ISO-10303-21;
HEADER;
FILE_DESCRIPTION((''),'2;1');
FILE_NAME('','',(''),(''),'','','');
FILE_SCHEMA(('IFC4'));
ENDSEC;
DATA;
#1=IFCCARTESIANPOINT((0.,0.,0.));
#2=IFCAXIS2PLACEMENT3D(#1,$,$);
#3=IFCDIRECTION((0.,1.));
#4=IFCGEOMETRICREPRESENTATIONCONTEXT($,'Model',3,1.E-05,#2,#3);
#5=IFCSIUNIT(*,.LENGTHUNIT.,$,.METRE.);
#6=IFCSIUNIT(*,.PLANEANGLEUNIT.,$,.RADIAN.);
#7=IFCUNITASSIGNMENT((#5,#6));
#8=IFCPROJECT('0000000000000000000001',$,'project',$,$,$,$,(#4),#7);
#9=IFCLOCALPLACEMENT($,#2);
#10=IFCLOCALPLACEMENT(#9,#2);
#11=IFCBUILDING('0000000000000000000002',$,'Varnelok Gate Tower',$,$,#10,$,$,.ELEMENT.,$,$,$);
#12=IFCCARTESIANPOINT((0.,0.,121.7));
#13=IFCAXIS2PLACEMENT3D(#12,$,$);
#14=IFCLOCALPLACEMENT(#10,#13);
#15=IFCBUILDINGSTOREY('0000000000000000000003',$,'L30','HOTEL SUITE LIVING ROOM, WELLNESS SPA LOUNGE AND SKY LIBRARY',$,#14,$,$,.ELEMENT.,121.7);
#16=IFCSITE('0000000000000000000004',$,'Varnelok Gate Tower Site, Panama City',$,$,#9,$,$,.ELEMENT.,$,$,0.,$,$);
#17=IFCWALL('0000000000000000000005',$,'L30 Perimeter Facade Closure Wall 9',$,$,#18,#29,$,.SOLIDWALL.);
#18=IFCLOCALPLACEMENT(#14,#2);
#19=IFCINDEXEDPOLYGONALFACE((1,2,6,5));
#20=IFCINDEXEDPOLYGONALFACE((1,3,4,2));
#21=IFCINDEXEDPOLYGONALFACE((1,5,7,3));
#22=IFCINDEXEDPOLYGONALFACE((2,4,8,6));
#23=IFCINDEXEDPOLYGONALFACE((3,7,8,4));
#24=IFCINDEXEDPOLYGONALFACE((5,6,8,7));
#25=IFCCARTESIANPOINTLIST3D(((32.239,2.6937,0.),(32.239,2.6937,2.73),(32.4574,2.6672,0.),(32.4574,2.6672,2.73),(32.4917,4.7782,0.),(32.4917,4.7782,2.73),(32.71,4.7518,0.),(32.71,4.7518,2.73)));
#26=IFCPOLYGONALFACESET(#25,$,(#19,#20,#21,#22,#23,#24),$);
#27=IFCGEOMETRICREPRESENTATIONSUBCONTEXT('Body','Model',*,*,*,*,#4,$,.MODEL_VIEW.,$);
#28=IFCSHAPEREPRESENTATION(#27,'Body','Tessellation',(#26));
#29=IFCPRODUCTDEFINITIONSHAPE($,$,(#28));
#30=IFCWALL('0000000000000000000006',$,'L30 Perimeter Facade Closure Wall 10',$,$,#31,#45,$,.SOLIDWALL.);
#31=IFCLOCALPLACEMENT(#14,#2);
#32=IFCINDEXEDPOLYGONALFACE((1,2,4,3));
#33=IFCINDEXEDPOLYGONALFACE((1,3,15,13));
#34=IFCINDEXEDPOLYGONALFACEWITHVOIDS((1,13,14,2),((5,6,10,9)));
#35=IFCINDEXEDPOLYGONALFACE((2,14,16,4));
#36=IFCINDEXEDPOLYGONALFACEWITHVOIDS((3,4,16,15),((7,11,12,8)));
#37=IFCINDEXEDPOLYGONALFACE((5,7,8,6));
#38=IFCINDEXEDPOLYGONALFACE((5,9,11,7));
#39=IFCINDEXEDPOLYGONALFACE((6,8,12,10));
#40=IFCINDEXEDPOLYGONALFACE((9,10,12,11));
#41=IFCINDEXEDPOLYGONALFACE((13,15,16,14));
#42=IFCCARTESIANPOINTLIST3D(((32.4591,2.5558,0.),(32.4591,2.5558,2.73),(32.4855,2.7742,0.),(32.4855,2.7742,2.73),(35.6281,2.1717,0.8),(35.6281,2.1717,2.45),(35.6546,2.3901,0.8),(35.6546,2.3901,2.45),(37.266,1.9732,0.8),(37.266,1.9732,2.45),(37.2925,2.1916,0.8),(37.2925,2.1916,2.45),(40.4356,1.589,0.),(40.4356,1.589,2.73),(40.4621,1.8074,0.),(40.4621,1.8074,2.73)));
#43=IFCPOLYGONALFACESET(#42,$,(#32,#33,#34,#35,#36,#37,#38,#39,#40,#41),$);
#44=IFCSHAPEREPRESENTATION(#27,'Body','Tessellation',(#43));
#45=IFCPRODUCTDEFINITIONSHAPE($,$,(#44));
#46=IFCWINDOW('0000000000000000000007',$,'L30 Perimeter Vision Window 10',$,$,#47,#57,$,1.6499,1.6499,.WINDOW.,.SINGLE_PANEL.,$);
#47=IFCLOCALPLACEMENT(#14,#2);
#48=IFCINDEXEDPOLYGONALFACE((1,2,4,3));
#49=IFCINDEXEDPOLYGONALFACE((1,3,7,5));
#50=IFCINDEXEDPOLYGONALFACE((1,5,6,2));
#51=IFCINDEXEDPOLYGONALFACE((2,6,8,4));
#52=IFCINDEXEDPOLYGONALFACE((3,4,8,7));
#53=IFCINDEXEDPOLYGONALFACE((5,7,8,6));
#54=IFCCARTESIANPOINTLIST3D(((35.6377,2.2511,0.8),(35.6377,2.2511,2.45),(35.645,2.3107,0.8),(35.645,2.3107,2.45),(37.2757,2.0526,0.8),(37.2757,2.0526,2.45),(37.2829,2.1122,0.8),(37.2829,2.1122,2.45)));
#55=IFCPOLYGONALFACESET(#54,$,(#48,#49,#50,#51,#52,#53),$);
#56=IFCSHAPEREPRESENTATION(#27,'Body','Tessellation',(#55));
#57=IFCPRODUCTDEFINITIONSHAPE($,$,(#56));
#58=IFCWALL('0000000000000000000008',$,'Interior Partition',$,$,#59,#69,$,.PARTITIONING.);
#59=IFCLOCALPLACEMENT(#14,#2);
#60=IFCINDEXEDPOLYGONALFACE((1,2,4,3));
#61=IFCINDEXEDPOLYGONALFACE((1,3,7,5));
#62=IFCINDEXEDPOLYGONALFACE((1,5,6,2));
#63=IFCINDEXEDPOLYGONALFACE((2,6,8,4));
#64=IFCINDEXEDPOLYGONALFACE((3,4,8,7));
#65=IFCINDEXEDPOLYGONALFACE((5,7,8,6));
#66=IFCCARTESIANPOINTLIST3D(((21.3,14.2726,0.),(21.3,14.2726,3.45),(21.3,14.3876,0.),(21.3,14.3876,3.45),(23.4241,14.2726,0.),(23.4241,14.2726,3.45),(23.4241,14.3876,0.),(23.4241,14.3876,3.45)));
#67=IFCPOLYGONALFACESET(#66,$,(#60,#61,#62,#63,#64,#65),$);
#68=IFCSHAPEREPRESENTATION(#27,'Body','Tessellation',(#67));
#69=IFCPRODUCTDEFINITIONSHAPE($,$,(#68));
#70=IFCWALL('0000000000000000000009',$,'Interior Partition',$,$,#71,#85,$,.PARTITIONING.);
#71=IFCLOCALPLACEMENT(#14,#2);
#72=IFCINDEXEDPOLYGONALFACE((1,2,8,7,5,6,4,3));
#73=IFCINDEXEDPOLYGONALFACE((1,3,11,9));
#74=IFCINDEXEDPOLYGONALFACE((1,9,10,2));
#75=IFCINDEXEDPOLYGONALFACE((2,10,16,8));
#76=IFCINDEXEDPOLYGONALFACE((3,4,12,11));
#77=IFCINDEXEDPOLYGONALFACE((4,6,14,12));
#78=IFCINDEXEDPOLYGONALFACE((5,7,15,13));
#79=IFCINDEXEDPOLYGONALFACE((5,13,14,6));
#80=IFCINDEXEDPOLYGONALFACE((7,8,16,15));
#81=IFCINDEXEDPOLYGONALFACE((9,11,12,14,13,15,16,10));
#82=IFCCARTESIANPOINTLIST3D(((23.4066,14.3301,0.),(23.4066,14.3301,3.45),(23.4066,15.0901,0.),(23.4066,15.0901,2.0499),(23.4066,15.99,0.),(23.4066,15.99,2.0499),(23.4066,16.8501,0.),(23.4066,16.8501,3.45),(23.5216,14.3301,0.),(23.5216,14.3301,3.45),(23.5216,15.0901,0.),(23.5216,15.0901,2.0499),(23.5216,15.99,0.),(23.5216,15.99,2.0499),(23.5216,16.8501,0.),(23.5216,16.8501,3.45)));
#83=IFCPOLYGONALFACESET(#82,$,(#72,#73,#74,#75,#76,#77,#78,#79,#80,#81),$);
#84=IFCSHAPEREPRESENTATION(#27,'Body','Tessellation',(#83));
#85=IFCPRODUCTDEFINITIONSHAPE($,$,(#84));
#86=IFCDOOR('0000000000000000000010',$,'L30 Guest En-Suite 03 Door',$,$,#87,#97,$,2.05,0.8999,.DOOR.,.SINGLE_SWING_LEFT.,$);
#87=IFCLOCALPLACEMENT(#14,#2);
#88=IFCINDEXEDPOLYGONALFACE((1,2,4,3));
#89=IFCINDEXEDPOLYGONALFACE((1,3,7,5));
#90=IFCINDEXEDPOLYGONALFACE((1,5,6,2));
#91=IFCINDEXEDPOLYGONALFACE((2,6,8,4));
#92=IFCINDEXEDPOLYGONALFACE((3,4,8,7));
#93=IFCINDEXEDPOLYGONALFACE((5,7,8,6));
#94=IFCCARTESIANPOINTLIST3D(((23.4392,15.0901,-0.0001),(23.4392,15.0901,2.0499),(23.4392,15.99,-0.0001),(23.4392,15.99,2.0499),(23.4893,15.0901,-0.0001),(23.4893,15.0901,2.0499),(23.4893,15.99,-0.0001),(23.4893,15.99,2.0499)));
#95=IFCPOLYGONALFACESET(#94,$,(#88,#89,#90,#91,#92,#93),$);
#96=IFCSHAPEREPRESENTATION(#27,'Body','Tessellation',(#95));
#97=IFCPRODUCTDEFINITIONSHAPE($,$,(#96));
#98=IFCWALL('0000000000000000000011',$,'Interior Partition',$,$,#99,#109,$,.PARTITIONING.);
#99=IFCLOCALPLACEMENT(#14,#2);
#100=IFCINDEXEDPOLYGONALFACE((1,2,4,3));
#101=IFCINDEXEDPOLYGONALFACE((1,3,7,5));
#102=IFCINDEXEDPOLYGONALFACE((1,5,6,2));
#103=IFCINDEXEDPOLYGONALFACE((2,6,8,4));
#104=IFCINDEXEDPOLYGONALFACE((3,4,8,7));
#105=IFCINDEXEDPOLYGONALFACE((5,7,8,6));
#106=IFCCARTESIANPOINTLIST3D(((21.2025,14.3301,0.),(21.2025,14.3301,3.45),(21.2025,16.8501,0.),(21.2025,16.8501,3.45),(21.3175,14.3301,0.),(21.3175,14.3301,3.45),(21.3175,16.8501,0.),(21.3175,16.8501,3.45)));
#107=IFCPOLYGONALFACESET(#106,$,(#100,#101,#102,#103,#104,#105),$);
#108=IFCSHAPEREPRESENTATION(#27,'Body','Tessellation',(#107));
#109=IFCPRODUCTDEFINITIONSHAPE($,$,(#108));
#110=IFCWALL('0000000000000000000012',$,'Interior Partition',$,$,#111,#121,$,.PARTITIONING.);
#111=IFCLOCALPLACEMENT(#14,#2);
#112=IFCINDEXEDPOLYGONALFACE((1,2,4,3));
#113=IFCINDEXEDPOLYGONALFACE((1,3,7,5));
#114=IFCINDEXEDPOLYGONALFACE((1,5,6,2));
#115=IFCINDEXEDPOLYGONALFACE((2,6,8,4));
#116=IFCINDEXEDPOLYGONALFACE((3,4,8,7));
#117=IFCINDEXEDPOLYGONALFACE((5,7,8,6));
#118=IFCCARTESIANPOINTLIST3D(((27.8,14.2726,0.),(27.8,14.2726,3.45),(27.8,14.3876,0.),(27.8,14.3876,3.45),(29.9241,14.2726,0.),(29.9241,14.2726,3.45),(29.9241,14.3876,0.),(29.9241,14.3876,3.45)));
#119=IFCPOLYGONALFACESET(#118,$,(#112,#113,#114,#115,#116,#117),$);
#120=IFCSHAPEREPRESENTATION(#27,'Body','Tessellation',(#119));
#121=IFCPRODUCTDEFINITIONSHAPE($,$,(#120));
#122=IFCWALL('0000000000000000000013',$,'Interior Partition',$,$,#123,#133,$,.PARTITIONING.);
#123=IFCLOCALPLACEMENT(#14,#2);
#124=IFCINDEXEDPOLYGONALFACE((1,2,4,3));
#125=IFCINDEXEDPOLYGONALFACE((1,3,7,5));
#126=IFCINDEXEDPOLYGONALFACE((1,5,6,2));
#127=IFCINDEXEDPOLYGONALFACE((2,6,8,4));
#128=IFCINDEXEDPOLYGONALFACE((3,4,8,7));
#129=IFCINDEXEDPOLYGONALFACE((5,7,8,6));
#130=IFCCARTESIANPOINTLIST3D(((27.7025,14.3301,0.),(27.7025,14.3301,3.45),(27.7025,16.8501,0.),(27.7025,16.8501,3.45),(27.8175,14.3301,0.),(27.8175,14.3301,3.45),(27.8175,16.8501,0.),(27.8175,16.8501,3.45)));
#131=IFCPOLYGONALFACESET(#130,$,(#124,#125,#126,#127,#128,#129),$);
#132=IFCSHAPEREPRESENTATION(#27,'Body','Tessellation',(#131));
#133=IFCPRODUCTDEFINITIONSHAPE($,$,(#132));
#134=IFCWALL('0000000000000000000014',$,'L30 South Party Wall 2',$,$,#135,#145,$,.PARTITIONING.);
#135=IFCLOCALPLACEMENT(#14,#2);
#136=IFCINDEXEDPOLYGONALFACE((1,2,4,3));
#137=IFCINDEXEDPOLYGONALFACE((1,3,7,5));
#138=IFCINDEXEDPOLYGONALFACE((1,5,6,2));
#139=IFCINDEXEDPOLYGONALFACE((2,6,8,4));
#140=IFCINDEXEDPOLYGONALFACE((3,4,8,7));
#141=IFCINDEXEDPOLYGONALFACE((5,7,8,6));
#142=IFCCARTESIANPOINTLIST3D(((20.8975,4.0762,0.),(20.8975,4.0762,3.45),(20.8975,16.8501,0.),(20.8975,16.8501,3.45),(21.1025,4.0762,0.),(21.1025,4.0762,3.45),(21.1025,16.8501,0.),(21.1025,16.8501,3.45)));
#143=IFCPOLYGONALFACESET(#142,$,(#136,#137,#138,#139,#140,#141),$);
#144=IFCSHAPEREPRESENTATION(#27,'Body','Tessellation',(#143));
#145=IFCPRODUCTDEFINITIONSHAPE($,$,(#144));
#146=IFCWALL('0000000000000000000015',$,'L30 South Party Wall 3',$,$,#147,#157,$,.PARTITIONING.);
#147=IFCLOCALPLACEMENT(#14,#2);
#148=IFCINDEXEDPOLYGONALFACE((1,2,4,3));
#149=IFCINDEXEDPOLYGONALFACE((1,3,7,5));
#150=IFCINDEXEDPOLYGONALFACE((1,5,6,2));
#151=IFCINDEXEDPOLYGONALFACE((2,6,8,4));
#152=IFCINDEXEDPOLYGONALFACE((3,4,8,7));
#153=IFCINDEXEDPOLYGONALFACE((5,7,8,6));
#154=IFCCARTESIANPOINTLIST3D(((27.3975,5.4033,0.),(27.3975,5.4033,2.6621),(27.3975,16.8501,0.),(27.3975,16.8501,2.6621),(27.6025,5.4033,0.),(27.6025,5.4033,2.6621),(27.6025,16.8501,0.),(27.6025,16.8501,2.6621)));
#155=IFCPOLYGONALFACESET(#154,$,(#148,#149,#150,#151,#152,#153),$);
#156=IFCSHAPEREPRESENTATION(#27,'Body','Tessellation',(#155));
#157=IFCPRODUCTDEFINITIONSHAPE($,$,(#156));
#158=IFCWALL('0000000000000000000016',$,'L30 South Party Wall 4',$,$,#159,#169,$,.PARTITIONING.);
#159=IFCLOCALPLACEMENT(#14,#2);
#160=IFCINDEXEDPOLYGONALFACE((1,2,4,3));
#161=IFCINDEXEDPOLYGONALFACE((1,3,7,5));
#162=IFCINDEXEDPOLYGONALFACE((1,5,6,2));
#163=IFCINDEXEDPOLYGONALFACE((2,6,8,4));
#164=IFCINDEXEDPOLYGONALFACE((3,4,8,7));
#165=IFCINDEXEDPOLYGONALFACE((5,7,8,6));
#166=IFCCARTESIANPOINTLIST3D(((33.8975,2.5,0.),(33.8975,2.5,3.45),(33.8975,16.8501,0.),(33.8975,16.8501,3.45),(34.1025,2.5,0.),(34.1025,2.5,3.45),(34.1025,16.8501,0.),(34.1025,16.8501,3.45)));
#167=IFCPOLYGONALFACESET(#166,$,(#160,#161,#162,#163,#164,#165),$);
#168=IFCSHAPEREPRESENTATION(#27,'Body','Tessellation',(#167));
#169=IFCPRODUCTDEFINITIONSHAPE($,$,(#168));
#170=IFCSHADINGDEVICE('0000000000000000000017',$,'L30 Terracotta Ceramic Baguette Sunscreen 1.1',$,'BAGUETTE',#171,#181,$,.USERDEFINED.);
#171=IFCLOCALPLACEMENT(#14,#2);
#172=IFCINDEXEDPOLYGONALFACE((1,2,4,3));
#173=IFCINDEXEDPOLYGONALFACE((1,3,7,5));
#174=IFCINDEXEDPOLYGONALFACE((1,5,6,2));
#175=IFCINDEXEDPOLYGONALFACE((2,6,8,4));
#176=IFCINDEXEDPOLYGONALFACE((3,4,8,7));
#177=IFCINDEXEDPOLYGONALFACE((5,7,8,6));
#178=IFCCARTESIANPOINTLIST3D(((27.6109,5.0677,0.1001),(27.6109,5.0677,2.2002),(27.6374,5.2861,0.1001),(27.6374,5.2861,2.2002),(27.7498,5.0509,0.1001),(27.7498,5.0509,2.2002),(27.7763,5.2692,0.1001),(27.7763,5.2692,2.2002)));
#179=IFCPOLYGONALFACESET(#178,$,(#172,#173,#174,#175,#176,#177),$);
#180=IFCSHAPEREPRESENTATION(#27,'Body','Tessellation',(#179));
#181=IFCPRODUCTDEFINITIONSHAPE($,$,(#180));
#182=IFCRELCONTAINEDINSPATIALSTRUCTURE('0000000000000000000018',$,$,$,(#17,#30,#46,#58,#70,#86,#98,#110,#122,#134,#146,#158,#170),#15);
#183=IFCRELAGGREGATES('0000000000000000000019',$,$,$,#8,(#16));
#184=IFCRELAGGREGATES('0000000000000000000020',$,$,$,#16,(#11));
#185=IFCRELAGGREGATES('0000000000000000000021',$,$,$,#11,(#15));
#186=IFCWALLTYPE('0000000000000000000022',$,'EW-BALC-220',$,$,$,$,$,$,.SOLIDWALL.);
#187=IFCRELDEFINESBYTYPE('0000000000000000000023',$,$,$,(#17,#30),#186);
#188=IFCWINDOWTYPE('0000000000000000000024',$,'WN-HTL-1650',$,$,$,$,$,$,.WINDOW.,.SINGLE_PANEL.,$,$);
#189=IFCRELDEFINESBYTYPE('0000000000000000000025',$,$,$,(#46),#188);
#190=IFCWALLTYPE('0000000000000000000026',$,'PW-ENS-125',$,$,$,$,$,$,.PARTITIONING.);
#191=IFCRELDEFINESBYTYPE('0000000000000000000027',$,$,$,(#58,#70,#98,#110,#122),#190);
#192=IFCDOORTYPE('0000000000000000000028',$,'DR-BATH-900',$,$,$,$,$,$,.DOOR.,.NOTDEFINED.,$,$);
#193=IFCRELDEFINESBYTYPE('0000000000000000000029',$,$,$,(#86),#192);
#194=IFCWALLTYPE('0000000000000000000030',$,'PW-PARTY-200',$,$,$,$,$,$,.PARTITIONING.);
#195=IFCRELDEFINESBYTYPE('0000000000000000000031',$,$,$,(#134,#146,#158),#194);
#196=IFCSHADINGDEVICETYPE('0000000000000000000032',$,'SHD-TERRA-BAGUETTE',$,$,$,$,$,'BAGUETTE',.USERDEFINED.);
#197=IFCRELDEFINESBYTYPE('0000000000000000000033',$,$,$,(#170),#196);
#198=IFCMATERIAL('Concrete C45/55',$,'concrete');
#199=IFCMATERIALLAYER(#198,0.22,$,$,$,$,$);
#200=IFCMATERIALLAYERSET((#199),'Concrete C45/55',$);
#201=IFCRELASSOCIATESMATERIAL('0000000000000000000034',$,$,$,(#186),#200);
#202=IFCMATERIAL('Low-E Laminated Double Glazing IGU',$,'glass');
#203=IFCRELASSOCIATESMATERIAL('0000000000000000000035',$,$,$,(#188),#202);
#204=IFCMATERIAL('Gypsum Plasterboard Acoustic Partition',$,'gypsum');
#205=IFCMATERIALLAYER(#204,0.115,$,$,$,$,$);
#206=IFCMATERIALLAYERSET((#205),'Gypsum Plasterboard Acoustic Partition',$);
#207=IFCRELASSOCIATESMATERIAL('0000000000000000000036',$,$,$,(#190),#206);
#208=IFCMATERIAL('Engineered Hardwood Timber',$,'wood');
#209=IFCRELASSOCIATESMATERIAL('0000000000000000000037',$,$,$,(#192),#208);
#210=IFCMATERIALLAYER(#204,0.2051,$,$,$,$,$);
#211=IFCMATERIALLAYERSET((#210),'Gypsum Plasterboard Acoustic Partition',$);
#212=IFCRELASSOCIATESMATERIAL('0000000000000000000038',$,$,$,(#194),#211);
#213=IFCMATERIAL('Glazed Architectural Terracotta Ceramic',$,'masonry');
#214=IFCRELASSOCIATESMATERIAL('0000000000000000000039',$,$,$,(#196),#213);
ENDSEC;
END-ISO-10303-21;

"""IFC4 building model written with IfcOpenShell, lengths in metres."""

from ifc_helpers import new_model, si_unit, direction, frame, frame_2d, origin, origin_2d, place, context, subcontext, project, spatial, rectangle, extrude, source, transform, mapped, material, layer, layer_set, type_object, element, fill, save


model = new_model("IFC4")

# Units and contexts
model_context = context("Model", 3, precision=1e-05, world=origin(), true_north=direction((0.0, 1.0)))
body_context = subcontext(model_context, "Body", "Model", "MODEL_VIEW")
ifc_project = project(units=[si_unit("LENGTHUNIT", "METRE"), si_unit("PLANEANGLEUNIT", "RADIAN")], contexts=[model_context])

# Site, building, storey
site_placement = place(None, origin())
site = spatial("IfcSite", under=ifc_project, at=site_placement, Name="Varnelok Gate Tower Site, Panama City", CompositionType="ELEMENT", RefElevation=0.0)
building_placement = place(site_placement, origin())
building = spatial("IfcBuilding", under=site, at=building_placement, Name="Varnelok Gate Tower", CompositionType="ELEMENT")
storey_placement = place(building_placement, frame((0.0, 0.0, 121.7)))
storey = spatial("IfcBuildingStorey", under=building, at=storey_placement, Name="L30", Description="HOTEL SUITE LIVING ROOM, WELLNESS SPA LOUNGE AND SKY LIBRARY", CompositionType="ELEMENT", Elevation=121.7)

# Shared definitions
ifc_material_1 = material(Name="Concrete C45/55", Category="concrete")
ifc_layer_1 = layer(ifc_material_1, 0.22)
ifc_layer_set_1 = layer_set([ifc_layer_1], Name="Concrete C45/55")
wall_type_1 = type_object("IfcWallType", Name="EW-BALC-220", PredefinedType="SOLIDWALL", material=ifc_layer_set_1)

# Wall
wall_1_placement = place(storey_placement, frame((32.6008, 4.7649, 0.0), z_axis=(0.0, 0.0, 1.0), x_axis=(-0.120328, -0.992734, 0.0)))
element("IfcWall", 1, at=wall_1_placement, inside=storey, type_object=wall_type_1, Name="L30 Perimeter Facade Closure Wall 9", PredefinedType="SOLIDWALL", context=body_context, shape_type="SweptSolid", body=[
    extrude(rectangle(XDim=2.0999, YDim=0.22, at=frame_2d((1.0498, 0.0))), origin(), (0.0, 0.0, 1.0), 2.73),
])

# Wall, opening, window
wall_2_placement = place(storey_placement, frame((32.4722, 2.665, 0.0), z_axis=(0.0, 0.0, 1.0), x_axis=(0.992735, -0.120324, 0.0)))
wall_2 = element("IfcWall", 2, at=wall_2_placement, inside=storey, type_object=wall_type_1, Name="L30 Perimeter Facade Closure Wall 10", PredefinedType="SOLIDWALL", context=body_context, shape_type="SweptSolid", body=[
    extrude(rectangle(XDim=8.0349, YDim=0.22, at=frame_2d((4.0176, 0.0))), origin(), (0.0, 0.0, 1.0), 2.73),
])
opening_1_placement = place(wall_2_placement, frame((3.1924, 0.0, 0.8)))
opening_1 = element("IfcOpeningElement", 3, at=opening_1_placement, cuts=wall_2, PredefinedType="OPENING", context=body_context, shape_type="SweptSolid", body=[
    extrude(rectangle(XDim=1.6499, YDim=1.6499, at=frame_2d((0.825, 0.825))), frame((0.0, 0.1199, 0.0), z_axis=(0.0, -1.0, 0.0), x_axis=(1.0, 0.0, 0.0)), (0.0, 0.0, 1.0), 0.24),
])
ifc_material_2 = material(Name="Low-E Laminated Double Glazing IGU", Category="glass")
window_type = type_object("IfcWindowType", Name="WN-HTL-1650", PartitioningType="SINGLE_PANEL", PredefinedType="WINDOW", material=ifc_material_2)
window_placement = place(opening_1_placement, origin())
window = element("IfcWindow", 4, at=window_placement, inside=storey, type_object=window_type, Name="L30 Perimeter Vision Window 10", OverallHeight=1.6499, OverallWidth=1.6499, PartitioningType="SINGLE_PANEL", PredefinedType="WINDOW", context=body_context, shape_type="SweptSolid", body=[
    extrude(rectangle(XDim=1.6499, YDim=1.6499, at=frame_2d((0.825, 0.825))), frame((0.0, 0.03, 0.0), z_axis=(0.0, -1.0, 0.0), x_axis=(1.0, 0.0, 0.0)), (0.0, 0.0, 1.0), 0.0601),
])
fill(opening_1, window)

# Wall
ifc_material_3 = material(Name="Gypsum Plasterboard Acoustic Partition", Category="gypsum")
ifc_layer_2 = layer(ifc_material_3, 0.115)
ifc_layer_set_2 = layer_set([ifc_layer_2], Name="Gypsum Plasterboard Acoustic Partition")
wall_type_2 = type_object("IfcWallType", Name="PW-ENS-125", PredefinedType="PARTITIONING", material=ifc_layer_set_2)
wall_3_placement = place(storey_placement, frame((21.3, 14.3301, 0.0), z_axis=(0.0, 0.0, 1.0), x_axis=(1.0, 0.0, 0.0)))
element("IfcWall", 5, at=wall_3_placement, inside=storey, type_object=wall_type_2, Name="Interior Partition", PredefinedType="PARTITIONING", context=body_context, shape_type="SweptSolid", body=[
    extrude(rectangle(XDim=2.124, YDim=0.115, at=frame_2d((1.062, 0.0))), origin(), (0.0, 0.0, 1.0), 3.45),
])

# Wall, opening, door
wall_4_placement = place(storey_placement, frame((23.4641, 14.3301, 0.0), z_axis=(0.0, 0.0, 1.0), x_axis=(0.0, 1.0, 0.0)))
wall_4 = element("IfcWall", 6, at=wall_4_placement, inside=storey, type_object=wall_type_2, Name="Interior Partition", PredefinedType="PARTITIONING", context=body_context, shape_type="SweptSolid", body=[
    extrude(rectangle(XDim=2.52, YDim=0.115, at=frame_2d((1.26, 0.0))), origin(), (0.0, 0.0, 1.0), 3.45),
])
opening_2_placement = place(wall_4_placement, frame((0.76, 0.0, 0.0)))
opening_2 = element("IfcOpeningElement", 7, at=opening_2_placement, cuts=wall_4, PredefinedType="OPENING", context=body_context, shape_type="SweptSolid", body=[
    extrude(rectangle(XDim=0.8999, YDim=2.05, at=frame_2d((0.45, 1.0249))), frame((0.0, 0.0674, 0.0), z_axis=(0.0, -1.0, 0.0), x_axis=(1.0, 0.0, 0.0)), (0.0, 0.0, 1.0), 0.135),
])
ifc_material_4 = material(Name="Engineered Hardwood Timber", Category="wood")
door_type_1 = type_object("IfcDoorType", Name="DR-BATH-900", OperationType="NOTDEFINED", PredefinedType="DOOR", material=ifc_material_4)
door_1_placement = place(opening_2_placement, origin())
door_1 = element("IfcDoor", 8, at=door_1_placement, inside=storey, type_object=door_type_1, Name="L30 Guest En-Suite 03 Door", OperationType="SINGLE_SWING_LEFT", OverallHeight=2.05, OverallWidth=0.8999, PredefinedType="DOOR", context=body_context, shape_type="SweptSolid", body=[
    extrude(rectangle(XDim=0.8999, YDim=2.05, at=frame_2d((0.45, 1.0249))), frame((0.0, 0.0249, 0.0), z_axis=(0.0, -1.0, 0.0), x_axis=(1.0, 0.0, 0.0)), (0.0, 0.0, 1.0), 0.05),
])
fill(opening_2, door_1)

# Walls
wall_5_placement = place(storey_placement, frame((21.26, 14.3301, 0.0), z_axis=(0.0, 0.0, 1.0), x_axis=(0.0, 1.0, 0.0)))
element("IfcWall", 9, at=wall_5_placement, inside=storey, type_object=wall_type_2, Name="Interior Partition", PredefinedType="PARTITIONING", context=body_context, shape_type="SweptSolid", body=[
    extrude(rectangle(XDim=2.52, YDim=0.115, at=frame_2d((1.26, 0.0))), origin(), (0.0, 0.0, 1.0), 3.45),
])
wall_6_placement = place(storey_placement, frame((27.8, 14.3301, 0.0), z_axis=(0.0, 0.0, 1.0), x_axis=(1.0, 0.0, 0.0)))
element("IfcWall", 10, at=wall_6_placement, inside=storey, type_object=wall_type_2, Name="Interior Partition", PredefinedType="PARTITIONING", context=body_context, shape_type="SweptSolid", body=[
    extrude(rectangle(XDim=2.124, YDim=0.115, at=frame_2d((1.062, 0.0))), origin(), (0.0, 0.0, 1.0), 3.45),
])
wall_7_placement = place(storey_placement, frame((27.76, 14.3301, 0.0), z_axis=(0.0, 0.0, 1.0), x_axis=(0.0, 1.0, 0.0)))
element("IfcWall", 11, at=wall_7_placement, inside=storey, type_object=wall_type_2, Name="Interior Partition", PredefinedType="PARTITIONING", context=body_context, shape_type="SweptSolid", body=[
    extrude(rectangle(XDim=2.52, YDim=0.115, at=frame_2d((1.26, 0.0))), origin(), (0.0, 0.0, 1.0), 3.45),
])
ifc_layer_3 = layer(ifc_material_3, 0.2051)
ifc_layer_set_3 = layer_set([ifc_layer_3], Name="Gypsum Plasterboard Acoustic Partition")
wall_type_3 = type_object("IfcWallType", Name="PW-PARTY-200", PredefinedType="PARTITIONING", material=ifc_layer_set_3)
wall_8_placement = place(storey_placement, frame((21.0, 4.0762, 0.0), z_axis=(0.0, 0.0, 1.0), x_axis=(0.0, 1.0, 0.0)))
element("IfcWall", 12, at=wall_8_placement, inside=storey, type_object=wall_type_3, Name="L30 South Party Wall 2", PredefinedType="PARTITIONING", context=body_context, shape_type="SweptSolid", body=[
    extrude(rectangle(XDim=12.7739, YDim=0.2051, at=frame_2d((6.387, 0.0))), origin(), (0.0, 0.0, 1.0), 3.45),
])
wall_9_placement = place(storey_placement, frame((27.5, 5.4033, 0.0), z_axis=(0.0, 0.0, 1.0), x_axis=(0.0, 1.0, 0.0)))
element("IfcWall", 13, at=wall_9_placement, inside=storey, type_object=wall_type_3, Name="L30 South Party Wall 3", PredefinedType="PARTITIONING", context=body_context, shape_type="SweptSolid", body=[
    extrude(rectangle(XDim=11.4468, YDim=0.2051, at=frame_2d((5.7234, 0.0))), origin(), (0.0, 0.0, 1.0), 2.6621),
])
wall_10_placement = place(storey_placement, frame((34.0, 2.5, 0.0), z_axis=(0.0, 0.0, 1.0), x_axis=(0.0, 1.0, 0.0)))
element("IfcWall", 14, at=wall_10_placement, inside=storey, type_object=wall_type_3, Name="L30 South Party Wall 4", PredefinedType="PARTITIONING", context=body_context, shape_type="SweptSolid", body=[
    extrude(rectangle(XDim=14.3501, YDim=0.2051, at=frame_2d((7.175, 0.0))), origin(), (0.0, 0.0, 1.0), 3.45),
])

# Shading device
ifc_material_5 = material(Name="Glazed Architectural Terracotta Ceramic", Category="masonry")
shading_device_type = type_object("IfcShadingDeviceType", Name="SHD-TERRA-BAGUETTE", ElementType="BAGUETTE", PredefinedType="USERDEFINED", material=ifc_material_5)
shared_shape_1 = source(origin(), body_context, "Body", "SweptSolid", [
    extrude(rectangle(XDim=0.1399, YDim=0.22, at=origin_2d()), origin(), (0.0, 0.0, 1.0), 2.1001),
])
shading_device_placement = place(storey_placement, frame((27.6936, 5.1685, 0.1001), z_axis=(0.0, 0.0, 1.0), x_axis=(0.992732, -0.120345, 0.0)))
element("IfcShadingDevice", 15, at=shading_device_placement, inside=storey, type_object=shading_device_type, Name="L30 Terracotta Ceramic Baguette Sunscreen 1.1", ObjectType="BAGUETTE", PredefinedType="USERDEFINED", context=body_context, shape_type="MappedRepresentation", body=[
    mapped(shared_shape_1, transform((0.0, 0.0, 0.0), scale=1.0)),
])

save(model, "model.ifc")
